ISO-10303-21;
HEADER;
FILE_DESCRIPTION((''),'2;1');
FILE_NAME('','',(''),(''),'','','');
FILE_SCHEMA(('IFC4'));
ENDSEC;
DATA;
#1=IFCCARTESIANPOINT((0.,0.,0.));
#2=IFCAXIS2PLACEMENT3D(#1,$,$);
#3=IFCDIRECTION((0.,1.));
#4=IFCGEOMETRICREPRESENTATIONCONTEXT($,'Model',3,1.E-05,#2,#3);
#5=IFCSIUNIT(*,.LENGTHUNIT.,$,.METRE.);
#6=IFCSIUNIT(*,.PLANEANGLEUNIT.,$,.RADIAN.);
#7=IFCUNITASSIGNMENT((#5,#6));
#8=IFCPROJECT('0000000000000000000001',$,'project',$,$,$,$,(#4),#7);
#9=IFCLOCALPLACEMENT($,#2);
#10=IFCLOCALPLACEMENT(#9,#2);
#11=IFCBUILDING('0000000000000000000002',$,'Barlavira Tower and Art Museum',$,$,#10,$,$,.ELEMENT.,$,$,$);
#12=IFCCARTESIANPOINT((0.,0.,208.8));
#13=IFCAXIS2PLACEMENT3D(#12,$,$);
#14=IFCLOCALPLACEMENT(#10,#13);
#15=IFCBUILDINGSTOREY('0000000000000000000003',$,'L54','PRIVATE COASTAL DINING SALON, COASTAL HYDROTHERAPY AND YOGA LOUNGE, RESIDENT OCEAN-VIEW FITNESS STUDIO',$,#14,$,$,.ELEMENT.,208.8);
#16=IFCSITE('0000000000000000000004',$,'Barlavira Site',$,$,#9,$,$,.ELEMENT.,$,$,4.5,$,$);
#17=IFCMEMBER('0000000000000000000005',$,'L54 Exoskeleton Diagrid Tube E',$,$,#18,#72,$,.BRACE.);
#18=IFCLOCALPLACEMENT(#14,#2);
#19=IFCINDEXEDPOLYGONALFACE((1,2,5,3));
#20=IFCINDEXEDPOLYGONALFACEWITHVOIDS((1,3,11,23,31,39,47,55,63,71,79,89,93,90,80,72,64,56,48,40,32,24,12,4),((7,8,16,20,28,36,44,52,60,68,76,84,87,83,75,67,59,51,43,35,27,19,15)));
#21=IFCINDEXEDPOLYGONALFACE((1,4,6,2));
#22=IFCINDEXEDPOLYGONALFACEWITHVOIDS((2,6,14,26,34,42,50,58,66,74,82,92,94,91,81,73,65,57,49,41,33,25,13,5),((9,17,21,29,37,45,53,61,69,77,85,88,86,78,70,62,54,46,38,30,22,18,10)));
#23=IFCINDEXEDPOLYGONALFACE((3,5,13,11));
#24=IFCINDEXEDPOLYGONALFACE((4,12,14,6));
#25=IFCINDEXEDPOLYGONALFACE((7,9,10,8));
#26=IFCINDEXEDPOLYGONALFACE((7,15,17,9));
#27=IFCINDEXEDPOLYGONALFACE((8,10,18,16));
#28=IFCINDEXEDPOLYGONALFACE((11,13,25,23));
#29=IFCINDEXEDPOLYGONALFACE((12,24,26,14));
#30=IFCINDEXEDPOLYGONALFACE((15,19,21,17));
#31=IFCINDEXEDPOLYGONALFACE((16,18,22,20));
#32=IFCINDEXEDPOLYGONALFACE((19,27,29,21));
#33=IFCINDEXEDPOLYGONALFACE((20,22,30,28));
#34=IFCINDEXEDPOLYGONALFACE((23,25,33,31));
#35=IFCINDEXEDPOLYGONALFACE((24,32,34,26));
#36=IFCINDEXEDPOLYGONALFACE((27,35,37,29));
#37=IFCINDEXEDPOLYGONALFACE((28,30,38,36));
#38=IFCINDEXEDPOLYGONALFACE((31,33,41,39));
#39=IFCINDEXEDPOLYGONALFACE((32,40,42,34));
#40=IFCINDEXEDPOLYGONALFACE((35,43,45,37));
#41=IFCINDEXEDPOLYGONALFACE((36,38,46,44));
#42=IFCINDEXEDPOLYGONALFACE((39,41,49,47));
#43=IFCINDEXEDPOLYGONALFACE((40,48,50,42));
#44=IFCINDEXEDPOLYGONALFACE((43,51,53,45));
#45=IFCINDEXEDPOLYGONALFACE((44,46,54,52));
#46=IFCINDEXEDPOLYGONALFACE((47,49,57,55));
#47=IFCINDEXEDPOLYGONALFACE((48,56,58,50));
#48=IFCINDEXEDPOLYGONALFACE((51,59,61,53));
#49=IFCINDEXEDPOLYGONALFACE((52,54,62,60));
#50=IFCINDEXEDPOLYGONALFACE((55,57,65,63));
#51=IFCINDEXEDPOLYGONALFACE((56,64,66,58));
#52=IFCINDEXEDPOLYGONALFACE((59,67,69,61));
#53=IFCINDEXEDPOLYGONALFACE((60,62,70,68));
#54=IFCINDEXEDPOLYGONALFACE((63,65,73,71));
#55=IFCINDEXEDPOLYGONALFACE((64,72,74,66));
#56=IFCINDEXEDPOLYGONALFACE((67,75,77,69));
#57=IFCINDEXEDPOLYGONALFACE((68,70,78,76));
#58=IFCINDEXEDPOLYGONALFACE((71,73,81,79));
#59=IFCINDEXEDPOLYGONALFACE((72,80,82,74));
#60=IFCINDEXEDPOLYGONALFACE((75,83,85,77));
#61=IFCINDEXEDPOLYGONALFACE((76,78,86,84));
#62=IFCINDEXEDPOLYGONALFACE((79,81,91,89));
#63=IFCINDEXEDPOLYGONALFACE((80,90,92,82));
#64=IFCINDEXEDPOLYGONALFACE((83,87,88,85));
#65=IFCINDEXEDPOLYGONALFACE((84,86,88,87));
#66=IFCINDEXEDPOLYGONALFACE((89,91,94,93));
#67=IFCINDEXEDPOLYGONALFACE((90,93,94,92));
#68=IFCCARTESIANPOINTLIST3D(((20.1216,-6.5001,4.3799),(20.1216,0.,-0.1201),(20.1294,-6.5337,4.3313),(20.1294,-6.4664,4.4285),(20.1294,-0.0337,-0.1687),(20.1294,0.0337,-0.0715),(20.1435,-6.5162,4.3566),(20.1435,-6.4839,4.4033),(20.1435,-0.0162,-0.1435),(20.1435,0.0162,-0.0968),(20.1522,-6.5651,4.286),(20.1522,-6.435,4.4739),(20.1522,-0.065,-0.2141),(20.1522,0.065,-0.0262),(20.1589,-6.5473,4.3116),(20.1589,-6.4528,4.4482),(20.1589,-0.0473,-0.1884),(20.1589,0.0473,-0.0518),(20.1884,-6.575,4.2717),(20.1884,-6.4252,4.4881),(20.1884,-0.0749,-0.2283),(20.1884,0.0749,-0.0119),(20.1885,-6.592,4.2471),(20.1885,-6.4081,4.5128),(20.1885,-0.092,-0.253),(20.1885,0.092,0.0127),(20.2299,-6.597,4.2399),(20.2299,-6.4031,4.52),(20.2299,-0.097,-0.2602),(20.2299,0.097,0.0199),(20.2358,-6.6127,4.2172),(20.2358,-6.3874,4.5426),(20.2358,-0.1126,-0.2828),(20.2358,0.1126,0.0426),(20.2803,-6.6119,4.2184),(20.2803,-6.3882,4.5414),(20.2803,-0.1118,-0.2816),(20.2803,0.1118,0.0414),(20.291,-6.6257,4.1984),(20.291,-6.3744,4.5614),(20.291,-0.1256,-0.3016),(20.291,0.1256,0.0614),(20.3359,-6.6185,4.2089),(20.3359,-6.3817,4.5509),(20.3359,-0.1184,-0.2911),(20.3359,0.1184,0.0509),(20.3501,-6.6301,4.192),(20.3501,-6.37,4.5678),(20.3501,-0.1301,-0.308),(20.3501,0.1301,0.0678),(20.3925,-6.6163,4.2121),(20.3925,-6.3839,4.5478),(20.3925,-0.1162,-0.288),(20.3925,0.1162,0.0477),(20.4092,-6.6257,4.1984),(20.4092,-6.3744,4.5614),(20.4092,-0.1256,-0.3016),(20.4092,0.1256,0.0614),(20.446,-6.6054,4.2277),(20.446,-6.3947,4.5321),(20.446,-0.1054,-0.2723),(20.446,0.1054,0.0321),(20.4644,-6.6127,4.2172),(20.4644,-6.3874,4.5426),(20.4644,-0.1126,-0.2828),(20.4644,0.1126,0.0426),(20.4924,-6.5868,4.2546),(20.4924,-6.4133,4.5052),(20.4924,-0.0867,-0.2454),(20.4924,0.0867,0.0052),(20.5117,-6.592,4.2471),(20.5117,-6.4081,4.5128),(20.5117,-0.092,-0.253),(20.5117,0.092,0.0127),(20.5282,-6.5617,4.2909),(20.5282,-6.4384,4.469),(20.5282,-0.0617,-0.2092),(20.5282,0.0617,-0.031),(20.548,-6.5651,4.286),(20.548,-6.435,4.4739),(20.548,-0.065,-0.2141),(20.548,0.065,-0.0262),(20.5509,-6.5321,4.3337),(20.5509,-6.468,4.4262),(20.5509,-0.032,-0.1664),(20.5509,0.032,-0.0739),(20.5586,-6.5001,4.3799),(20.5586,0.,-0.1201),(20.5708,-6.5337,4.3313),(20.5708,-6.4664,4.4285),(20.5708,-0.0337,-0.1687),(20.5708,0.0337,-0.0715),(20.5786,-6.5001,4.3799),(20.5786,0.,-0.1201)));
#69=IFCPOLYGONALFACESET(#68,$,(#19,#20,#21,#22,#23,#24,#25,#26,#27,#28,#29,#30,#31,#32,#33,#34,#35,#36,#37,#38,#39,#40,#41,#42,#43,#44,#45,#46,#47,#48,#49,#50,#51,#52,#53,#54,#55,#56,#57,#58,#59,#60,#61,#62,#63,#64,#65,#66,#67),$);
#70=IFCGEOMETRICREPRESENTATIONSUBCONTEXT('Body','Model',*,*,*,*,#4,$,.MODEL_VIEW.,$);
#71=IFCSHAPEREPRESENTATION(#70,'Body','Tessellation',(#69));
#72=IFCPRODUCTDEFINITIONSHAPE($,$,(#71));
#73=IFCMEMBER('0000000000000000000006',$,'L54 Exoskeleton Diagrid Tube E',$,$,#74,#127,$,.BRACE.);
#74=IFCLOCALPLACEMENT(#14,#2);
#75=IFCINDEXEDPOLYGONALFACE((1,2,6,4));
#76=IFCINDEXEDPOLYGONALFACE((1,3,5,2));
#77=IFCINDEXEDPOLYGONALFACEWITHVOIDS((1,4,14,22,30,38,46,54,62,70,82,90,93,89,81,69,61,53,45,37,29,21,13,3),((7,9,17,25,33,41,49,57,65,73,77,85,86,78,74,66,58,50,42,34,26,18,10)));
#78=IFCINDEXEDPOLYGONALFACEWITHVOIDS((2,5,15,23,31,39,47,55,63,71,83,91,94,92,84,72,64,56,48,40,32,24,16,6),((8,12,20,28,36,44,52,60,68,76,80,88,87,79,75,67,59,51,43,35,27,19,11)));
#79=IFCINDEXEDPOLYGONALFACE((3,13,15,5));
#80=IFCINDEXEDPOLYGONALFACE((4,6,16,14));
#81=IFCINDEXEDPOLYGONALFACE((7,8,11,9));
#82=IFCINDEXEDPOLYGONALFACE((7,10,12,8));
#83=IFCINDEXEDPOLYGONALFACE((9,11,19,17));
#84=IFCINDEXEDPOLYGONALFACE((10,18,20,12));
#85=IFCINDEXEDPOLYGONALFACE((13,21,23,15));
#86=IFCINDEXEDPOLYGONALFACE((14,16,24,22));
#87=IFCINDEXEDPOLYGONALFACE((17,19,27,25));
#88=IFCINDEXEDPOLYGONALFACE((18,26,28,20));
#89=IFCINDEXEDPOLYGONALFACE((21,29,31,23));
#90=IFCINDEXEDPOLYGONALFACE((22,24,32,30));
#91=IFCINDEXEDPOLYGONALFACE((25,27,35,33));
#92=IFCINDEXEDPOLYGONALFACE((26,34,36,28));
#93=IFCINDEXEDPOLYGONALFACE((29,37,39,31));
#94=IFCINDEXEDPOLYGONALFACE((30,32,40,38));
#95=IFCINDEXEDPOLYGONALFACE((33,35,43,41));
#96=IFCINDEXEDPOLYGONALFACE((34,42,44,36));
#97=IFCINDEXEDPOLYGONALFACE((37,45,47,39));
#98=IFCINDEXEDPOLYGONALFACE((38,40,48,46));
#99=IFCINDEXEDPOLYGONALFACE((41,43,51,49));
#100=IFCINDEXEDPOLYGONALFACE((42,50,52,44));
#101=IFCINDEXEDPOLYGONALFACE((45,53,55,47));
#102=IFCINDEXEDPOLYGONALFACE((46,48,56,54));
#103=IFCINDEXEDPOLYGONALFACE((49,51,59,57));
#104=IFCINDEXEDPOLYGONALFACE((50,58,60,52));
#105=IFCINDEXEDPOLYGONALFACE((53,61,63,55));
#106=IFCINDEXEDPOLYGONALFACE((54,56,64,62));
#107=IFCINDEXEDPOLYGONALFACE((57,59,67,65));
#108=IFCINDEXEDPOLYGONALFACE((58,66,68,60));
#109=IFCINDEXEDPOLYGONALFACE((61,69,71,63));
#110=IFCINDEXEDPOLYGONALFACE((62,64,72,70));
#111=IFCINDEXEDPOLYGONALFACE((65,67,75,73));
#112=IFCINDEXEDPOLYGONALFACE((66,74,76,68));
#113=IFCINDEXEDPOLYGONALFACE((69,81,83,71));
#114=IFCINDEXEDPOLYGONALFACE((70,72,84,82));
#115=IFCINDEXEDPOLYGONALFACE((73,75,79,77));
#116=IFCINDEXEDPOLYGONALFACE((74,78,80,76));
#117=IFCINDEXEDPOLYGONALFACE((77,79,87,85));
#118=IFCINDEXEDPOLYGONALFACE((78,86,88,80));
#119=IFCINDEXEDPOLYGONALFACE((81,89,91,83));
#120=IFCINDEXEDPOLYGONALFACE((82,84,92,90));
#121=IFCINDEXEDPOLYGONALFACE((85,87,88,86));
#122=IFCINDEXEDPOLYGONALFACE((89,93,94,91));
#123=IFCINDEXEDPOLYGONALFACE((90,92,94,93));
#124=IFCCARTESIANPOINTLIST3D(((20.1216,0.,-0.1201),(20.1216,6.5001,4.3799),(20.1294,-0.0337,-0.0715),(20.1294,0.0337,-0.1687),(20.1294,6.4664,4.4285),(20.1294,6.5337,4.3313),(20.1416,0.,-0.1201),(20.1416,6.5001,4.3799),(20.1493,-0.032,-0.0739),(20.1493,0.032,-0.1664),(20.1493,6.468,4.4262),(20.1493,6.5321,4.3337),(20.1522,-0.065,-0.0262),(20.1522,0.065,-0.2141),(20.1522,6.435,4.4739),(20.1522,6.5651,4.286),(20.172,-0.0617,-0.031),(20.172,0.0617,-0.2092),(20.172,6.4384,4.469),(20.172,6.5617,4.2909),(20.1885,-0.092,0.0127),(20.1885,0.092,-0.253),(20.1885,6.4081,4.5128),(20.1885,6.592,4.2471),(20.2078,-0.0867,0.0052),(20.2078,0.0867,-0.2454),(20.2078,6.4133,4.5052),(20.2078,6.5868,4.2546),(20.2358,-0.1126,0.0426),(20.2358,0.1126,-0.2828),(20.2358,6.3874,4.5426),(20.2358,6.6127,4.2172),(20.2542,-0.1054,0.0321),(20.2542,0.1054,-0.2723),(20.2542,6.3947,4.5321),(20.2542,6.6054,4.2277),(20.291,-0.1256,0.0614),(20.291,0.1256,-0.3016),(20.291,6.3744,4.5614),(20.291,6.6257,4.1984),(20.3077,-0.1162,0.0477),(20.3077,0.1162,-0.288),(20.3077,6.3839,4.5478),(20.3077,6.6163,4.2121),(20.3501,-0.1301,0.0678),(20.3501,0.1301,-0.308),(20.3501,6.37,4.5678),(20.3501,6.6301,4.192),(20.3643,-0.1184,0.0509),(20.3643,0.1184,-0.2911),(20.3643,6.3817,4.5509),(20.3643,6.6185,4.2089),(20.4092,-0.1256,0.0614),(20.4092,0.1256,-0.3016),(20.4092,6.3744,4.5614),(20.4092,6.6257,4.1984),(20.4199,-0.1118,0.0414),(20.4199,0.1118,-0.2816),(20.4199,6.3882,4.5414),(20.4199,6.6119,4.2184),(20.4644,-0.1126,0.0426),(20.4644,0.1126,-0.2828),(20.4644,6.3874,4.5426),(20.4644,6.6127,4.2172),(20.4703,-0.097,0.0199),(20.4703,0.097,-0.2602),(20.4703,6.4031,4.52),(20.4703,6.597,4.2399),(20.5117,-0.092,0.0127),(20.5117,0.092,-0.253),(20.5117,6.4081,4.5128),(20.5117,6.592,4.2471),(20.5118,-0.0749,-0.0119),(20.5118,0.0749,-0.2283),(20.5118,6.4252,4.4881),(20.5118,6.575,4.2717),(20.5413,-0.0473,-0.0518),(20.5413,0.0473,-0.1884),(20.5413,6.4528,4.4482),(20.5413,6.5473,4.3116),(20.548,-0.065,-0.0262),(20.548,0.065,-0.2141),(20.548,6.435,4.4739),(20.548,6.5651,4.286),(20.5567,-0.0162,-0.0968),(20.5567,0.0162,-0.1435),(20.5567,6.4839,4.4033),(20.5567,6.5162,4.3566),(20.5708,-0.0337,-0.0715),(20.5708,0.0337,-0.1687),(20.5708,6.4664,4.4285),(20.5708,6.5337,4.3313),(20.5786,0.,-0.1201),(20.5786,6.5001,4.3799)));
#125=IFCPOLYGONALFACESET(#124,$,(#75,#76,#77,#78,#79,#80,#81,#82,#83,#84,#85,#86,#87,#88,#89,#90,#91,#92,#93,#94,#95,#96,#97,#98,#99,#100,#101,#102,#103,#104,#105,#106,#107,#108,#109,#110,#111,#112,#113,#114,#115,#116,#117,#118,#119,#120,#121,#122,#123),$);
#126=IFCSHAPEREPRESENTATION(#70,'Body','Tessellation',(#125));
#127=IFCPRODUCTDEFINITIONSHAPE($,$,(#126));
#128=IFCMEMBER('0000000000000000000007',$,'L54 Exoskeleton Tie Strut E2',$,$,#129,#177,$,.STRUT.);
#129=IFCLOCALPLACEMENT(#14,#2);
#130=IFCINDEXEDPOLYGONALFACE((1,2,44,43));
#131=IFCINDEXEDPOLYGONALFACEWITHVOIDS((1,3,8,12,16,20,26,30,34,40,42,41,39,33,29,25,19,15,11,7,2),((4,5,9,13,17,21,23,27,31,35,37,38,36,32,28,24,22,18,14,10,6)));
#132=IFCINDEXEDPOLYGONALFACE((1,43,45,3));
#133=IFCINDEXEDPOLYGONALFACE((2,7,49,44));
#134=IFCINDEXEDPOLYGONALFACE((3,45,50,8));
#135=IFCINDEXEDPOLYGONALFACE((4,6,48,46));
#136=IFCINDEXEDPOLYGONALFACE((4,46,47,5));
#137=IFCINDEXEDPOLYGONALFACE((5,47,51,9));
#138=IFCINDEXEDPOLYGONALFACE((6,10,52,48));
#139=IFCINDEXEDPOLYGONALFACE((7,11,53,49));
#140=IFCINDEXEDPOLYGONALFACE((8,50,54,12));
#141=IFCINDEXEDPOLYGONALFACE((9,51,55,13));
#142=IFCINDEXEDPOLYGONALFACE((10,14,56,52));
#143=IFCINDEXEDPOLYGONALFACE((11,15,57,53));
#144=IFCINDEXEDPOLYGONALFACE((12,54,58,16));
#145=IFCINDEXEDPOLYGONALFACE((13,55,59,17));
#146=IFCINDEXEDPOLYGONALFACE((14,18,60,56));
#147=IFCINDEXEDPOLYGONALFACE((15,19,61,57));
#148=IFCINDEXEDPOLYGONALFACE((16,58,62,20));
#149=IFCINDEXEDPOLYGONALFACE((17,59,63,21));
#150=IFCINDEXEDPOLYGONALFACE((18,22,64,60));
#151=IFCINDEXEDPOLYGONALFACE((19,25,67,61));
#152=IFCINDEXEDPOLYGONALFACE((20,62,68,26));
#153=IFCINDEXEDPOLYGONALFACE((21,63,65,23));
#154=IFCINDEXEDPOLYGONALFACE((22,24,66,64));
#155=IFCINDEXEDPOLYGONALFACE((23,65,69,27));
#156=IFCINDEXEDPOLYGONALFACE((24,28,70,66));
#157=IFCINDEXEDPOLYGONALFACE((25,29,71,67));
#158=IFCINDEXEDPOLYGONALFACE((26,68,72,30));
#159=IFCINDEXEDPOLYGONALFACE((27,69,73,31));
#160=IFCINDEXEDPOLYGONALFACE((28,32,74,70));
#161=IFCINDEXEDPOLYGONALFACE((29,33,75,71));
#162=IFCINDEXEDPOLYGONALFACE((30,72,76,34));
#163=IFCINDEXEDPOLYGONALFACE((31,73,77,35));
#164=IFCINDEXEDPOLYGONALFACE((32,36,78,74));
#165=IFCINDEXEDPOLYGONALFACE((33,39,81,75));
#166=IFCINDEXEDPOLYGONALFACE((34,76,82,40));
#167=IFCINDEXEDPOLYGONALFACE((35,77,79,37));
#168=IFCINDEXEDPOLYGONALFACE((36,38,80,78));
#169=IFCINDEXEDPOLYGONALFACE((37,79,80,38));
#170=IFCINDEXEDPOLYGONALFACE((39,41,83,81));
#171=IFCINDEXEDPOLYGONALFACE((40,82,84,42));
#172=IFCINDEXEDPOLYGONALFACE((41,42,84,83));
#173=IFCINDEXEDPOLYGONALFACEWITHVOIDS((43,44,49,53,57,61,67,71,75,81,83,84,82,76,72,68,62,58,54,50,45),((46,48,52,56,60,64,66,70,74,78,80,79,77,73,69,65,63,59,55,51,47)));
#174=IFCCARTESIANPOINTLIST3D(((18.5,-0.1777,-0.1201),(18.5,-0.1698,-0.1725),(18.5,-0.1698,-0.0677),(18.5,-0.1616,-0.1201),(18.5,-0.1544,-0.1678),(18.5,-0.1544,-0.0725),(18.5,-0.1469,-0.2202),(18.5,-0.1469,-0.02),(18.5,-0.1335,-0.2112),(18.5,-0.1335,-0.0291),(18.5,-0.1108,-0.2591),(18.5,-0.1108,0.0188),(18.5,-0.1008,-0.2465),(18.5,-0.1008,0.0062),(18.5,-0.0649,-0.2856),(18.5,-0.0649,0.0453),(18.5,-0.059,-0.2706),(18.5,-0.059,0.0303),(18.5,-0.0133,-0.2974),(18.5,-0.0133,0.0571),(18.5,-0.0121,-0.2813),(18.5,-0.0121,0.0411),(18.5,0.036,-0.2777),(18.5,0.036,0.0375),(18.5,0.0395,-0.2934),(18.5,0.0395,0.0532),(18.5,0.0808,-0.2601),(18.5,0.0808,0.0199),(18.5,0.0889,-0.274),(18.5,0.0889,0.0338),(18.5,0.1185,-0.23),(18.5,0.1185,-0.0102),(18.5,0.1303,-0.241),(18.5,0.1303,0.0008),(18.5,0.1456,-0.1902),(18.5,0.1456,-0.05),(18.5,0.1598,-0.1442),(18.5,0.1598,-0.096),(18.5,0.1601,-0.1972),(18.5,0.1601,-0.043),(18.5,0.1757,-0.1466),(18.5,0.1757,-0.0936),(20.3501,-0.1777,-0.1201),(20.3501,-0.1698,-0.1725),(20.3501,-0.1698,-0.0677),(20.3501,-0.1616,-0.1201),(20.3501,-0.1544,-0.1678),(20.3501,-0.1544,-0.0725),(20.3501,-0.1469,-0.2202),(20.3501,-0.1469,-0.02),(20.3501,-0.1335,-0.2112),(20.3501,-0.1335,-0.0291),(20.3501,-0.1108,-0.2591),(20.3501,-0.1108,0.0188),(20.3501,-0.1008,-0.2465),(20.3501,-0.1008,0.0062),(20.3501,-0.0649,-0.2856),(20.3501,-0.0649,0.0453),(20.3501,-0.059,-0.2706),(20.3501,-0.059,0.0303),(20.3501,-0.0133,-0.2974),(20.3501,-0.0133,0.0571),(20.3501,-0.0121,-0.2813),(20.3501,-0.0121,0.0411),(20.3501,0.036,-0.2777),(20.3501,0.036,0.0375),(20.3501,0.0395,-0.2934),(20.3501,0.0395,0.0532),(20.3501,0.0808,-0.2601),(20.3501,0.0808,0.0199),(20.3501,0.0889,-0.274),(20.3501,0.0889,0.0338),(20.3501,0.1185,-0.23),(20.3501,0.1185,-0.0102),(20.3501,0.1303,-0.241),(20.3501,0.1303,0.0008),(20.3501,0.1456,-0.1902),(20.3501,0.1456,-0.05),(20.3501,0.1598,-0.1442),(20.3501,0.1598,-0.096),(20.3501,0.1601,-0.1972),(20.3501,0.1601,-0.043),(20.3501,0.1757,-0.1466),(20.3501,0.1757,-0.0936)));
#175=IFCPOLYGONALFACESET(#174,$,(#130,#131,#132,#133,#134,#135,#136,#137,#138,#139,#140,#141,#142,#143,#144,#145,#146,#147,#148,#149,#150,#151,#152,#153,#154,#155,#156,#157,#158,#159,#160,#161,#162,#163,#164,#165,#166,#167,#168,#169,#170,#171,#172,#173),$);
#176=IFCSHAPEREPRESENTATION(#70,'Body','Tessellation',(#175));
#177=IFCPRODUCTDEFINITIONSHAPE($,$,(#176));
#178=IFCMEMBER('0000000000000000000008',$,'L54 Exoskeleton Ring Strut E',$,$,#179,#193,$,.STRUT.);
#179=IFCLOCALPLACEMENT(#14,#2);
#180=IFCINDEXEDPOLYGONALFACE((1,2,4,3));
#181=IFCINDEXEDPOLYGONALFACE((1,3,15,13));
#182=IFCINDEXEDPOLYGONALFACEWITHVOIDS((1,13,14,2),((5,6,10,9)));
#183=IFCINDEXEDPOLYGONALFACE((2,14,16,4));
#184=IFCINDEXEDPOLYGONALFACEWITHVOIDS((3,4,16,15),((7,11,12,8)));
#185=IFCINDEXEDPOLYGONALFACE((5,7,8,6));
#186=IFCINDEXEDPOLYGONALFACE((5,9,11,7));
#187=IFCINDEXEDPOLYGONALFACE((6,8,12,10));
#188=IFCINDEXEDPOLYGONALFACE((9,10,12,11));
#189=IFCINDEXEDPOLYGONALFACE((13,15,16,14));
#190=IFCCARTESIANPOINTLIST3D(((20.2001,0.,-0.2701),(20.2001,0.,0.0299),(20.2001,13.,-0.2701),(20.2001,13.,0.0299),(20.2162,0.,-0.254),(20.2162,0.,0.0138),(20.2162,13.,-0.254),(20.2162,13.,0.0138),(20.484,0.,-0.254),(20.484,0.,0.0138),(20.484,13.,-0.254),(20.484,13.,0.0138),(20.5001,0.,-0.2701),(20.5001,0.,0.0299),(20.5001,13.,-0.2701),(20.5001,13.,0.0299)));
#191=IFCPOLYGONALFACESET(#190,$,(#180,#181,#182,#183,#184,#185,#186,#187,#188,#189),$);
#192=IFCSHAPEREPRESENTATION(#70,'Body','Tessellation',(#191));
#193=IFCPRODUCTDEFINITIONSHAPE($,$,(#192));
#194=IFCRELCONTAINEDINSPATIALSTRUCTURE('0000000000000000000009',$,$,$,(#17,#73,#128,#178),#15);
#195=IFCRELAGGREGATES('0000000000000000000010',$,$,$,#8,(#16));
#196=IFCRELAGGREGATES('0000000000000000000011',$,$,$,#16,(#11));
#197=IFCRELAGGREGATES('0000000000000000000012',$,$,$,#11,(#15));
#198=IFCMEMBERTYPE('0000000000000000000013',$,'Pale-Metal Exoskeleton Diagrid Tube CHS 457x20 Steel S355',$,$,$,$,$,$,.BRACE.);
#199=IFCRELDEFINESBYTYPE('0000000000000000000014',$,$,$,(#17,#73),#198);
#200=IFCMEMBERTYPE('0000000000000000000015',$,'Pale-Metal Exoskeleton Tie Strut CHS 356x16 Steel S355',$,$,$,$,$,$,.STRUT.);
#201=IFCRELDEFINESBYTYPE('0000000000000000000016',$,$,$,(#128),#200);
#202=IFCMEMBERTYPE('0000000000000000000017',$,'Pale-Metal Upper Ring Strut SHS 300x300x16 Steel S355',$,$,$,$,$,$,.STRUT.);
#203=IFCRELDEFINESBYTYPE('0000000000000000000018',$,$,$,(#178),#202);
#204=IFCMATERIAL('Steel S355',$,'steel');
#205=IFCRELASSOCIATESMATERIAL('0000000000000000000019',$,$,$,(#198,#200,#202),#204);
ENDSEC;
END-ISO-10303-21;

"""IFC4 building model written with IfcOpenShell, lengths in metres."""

from ifc_helpers import new_model, si_unit, direction, frame, origin, origin_2d, place, context, subcontext, project, spatial, hollow_rectangle, hollow_circle, extrude, material, material_profile, profile_set, type_object, element, save


model = new_model("IFC4")

# Units and contexts
model_context = context("Model", 3, precision=1e-05, world=origin(), true_north=direction((0.0, 1.0)))
body_context = subcontext(model_context, "Body", "Model", "MODEL_VIEW")
ifc_project = project(units=[si_unit("LENGTHUNIT", "METRE"), si_unit("PLANEANGLEUNIT", "RADIAN")], contexts=[model_context])

# Site, building, storey
site_placement = place(None, origin())
site = spatial("IfcSite", under=ifc_project, at=site_placement, Name="Barlavira Site", CompositionType="ELEMENT", RefElevation=4.5)
building_placement = place(site_placement, origin())
building = spatial("IfcBuilding", under=site, at=building_placement, Name="Barlavira Tower and Art Museum", CompositionType="ELEMENT")
storey_placement = place(building_placement, frame((0.0, 0.0, 208.8)))
storey = spatial("IfcBuildingStorey", under=building, at=storey_placement, Name="L54", Description="PRIVATE COASTAL DINING SALON, COASTAL HYDROTHERAPY AND YOGA LOUNGE, RESIDENT OCEAN-VIEW FITNESS STUDIO", CompositionType="ELEMENT", Elevation=208.8)

# Members
ifc_material_1 = material(Name="Steel S355", Category="steel")
ifc_material_profile_1 = material_profile(ifc_material_1, hollow_circle(Radius=0.2285, WallThickness=0.02, at=origin_2d()), Name="CHS 457.0x20.0")
ifc_profile_set_1 = profile_set([ifc_material_profile_1], Name="Steel S355")
member_type_1 = type_object("IfcMemberType", Name="Pale-Metal Exoskeleton Diagrid Tube CHS 457x20 Steel S355", PredefinedType="BRACE", material=ifc_profile_set_1)
for number, where, z_axis, x_axis, name in (
    (1, (20.3501, 0.0, -0.1201), (0.0, -0.822192, 0.56921), (1.0, 0.0, 0.0), "L54 Exoskeleton Diagrid Tube E"),
    (2, (20.3501, 0.0, -0.1201), (0.0, 0.822192, 0.56921), (-1.0, 0.0, 0.0), "L54 Exoskeleton Diagrid Tube E"),
):
    element("IfcMember", number, at=place(storey_placement, frame(where, z_axis=z_axis, x_axis=x_axis)), inside=storey, type_object=member_type_1, Name=name, PredefinedType="BRACE", context=body_context, shape_type="SweptSolid", body=[
        extrude(hollow_circle(Radius=0.2285, WallThickness=0.02, at=origin_2d()), origin(), (0.0, 0.0, 1.0), 7.9058),
    ])
ifc_material_profile_2 = material_profile(ifc_material_1, hollow_circle(Radius=0.1777, WallThickness=0.0161, at=origin_2d()), Name="CHS 355.6x16.0")
ifc_profile_set_2 = profile_set([ifc_material_profile_2], Name="Steel S355")
member_type_2 = type_object("IfcMemberType", Name="Pale-Metal Exoskeleton Tie Strut CHS 356x16 Steel S355", PredefinedType="STRUT", material=ifc_profile_set_2)
member_1_placement = place(storey_placement, frame((20.3501, 0.0, -0.1201), z_axis=(-1.0, 0.0, 0.0), x_axis=(0.0, -1.0, 0.0)))
element("IfcMember", 3, at=member_1_placement, inside=storey, type_object=member_type_2, Name="L54 Exoskeleton Tie Strut E2", PredefinedType="STRUT", context=body_context, shape_type="SweptSolid", body=[
    extrude(hollow_circle(Radius=0.1777, WallThickness=0.0161, at=origin_2d()), origin(), (0.0, 0.0, 1.0), 1.8501),
])
ifc_material_profile_3 = material_profile(ifc_material_1, hollow_rectangle(XDim=0.3, YDim=0.3, WallThickness=0.0161, at=origin_2d()), Name="SHS 300x300x16.0")
ifc_profile_set_3 = profile_set([ifc_material_profile_3], Name="Steel S355")
member_type_3 = type_object("IfcMemberType", Name="Pale-Metal Upper Ring Strut SHS 300x300x16 Steel S355", PredefinedType="STRUT", material=ifc_profile_set_3)
member_2_placement = place(storey_placement, frame((20.3501, 0.0, -0.1201), z_axis=(0.0, 1.0, 0.0), x_axis=(-1.0, 0.0, 0.0)))
element("IfcMember", 4, at=member_2_placement, inside=storey, type_object=member_type_3, Name="L54 Exoskeleton Ring Strut E", PredefinedType="STRUT", context=body_context, shape_type="SweptSolid", body=[
    extrude(hollow_rectangle(XDim=0.3, YDim=0.3, WallThickness=0.0161, at=origin_2d()), origin(), (0.0, 0.0, 1.0), 13.0),
])

save(model, "model.ifc")
